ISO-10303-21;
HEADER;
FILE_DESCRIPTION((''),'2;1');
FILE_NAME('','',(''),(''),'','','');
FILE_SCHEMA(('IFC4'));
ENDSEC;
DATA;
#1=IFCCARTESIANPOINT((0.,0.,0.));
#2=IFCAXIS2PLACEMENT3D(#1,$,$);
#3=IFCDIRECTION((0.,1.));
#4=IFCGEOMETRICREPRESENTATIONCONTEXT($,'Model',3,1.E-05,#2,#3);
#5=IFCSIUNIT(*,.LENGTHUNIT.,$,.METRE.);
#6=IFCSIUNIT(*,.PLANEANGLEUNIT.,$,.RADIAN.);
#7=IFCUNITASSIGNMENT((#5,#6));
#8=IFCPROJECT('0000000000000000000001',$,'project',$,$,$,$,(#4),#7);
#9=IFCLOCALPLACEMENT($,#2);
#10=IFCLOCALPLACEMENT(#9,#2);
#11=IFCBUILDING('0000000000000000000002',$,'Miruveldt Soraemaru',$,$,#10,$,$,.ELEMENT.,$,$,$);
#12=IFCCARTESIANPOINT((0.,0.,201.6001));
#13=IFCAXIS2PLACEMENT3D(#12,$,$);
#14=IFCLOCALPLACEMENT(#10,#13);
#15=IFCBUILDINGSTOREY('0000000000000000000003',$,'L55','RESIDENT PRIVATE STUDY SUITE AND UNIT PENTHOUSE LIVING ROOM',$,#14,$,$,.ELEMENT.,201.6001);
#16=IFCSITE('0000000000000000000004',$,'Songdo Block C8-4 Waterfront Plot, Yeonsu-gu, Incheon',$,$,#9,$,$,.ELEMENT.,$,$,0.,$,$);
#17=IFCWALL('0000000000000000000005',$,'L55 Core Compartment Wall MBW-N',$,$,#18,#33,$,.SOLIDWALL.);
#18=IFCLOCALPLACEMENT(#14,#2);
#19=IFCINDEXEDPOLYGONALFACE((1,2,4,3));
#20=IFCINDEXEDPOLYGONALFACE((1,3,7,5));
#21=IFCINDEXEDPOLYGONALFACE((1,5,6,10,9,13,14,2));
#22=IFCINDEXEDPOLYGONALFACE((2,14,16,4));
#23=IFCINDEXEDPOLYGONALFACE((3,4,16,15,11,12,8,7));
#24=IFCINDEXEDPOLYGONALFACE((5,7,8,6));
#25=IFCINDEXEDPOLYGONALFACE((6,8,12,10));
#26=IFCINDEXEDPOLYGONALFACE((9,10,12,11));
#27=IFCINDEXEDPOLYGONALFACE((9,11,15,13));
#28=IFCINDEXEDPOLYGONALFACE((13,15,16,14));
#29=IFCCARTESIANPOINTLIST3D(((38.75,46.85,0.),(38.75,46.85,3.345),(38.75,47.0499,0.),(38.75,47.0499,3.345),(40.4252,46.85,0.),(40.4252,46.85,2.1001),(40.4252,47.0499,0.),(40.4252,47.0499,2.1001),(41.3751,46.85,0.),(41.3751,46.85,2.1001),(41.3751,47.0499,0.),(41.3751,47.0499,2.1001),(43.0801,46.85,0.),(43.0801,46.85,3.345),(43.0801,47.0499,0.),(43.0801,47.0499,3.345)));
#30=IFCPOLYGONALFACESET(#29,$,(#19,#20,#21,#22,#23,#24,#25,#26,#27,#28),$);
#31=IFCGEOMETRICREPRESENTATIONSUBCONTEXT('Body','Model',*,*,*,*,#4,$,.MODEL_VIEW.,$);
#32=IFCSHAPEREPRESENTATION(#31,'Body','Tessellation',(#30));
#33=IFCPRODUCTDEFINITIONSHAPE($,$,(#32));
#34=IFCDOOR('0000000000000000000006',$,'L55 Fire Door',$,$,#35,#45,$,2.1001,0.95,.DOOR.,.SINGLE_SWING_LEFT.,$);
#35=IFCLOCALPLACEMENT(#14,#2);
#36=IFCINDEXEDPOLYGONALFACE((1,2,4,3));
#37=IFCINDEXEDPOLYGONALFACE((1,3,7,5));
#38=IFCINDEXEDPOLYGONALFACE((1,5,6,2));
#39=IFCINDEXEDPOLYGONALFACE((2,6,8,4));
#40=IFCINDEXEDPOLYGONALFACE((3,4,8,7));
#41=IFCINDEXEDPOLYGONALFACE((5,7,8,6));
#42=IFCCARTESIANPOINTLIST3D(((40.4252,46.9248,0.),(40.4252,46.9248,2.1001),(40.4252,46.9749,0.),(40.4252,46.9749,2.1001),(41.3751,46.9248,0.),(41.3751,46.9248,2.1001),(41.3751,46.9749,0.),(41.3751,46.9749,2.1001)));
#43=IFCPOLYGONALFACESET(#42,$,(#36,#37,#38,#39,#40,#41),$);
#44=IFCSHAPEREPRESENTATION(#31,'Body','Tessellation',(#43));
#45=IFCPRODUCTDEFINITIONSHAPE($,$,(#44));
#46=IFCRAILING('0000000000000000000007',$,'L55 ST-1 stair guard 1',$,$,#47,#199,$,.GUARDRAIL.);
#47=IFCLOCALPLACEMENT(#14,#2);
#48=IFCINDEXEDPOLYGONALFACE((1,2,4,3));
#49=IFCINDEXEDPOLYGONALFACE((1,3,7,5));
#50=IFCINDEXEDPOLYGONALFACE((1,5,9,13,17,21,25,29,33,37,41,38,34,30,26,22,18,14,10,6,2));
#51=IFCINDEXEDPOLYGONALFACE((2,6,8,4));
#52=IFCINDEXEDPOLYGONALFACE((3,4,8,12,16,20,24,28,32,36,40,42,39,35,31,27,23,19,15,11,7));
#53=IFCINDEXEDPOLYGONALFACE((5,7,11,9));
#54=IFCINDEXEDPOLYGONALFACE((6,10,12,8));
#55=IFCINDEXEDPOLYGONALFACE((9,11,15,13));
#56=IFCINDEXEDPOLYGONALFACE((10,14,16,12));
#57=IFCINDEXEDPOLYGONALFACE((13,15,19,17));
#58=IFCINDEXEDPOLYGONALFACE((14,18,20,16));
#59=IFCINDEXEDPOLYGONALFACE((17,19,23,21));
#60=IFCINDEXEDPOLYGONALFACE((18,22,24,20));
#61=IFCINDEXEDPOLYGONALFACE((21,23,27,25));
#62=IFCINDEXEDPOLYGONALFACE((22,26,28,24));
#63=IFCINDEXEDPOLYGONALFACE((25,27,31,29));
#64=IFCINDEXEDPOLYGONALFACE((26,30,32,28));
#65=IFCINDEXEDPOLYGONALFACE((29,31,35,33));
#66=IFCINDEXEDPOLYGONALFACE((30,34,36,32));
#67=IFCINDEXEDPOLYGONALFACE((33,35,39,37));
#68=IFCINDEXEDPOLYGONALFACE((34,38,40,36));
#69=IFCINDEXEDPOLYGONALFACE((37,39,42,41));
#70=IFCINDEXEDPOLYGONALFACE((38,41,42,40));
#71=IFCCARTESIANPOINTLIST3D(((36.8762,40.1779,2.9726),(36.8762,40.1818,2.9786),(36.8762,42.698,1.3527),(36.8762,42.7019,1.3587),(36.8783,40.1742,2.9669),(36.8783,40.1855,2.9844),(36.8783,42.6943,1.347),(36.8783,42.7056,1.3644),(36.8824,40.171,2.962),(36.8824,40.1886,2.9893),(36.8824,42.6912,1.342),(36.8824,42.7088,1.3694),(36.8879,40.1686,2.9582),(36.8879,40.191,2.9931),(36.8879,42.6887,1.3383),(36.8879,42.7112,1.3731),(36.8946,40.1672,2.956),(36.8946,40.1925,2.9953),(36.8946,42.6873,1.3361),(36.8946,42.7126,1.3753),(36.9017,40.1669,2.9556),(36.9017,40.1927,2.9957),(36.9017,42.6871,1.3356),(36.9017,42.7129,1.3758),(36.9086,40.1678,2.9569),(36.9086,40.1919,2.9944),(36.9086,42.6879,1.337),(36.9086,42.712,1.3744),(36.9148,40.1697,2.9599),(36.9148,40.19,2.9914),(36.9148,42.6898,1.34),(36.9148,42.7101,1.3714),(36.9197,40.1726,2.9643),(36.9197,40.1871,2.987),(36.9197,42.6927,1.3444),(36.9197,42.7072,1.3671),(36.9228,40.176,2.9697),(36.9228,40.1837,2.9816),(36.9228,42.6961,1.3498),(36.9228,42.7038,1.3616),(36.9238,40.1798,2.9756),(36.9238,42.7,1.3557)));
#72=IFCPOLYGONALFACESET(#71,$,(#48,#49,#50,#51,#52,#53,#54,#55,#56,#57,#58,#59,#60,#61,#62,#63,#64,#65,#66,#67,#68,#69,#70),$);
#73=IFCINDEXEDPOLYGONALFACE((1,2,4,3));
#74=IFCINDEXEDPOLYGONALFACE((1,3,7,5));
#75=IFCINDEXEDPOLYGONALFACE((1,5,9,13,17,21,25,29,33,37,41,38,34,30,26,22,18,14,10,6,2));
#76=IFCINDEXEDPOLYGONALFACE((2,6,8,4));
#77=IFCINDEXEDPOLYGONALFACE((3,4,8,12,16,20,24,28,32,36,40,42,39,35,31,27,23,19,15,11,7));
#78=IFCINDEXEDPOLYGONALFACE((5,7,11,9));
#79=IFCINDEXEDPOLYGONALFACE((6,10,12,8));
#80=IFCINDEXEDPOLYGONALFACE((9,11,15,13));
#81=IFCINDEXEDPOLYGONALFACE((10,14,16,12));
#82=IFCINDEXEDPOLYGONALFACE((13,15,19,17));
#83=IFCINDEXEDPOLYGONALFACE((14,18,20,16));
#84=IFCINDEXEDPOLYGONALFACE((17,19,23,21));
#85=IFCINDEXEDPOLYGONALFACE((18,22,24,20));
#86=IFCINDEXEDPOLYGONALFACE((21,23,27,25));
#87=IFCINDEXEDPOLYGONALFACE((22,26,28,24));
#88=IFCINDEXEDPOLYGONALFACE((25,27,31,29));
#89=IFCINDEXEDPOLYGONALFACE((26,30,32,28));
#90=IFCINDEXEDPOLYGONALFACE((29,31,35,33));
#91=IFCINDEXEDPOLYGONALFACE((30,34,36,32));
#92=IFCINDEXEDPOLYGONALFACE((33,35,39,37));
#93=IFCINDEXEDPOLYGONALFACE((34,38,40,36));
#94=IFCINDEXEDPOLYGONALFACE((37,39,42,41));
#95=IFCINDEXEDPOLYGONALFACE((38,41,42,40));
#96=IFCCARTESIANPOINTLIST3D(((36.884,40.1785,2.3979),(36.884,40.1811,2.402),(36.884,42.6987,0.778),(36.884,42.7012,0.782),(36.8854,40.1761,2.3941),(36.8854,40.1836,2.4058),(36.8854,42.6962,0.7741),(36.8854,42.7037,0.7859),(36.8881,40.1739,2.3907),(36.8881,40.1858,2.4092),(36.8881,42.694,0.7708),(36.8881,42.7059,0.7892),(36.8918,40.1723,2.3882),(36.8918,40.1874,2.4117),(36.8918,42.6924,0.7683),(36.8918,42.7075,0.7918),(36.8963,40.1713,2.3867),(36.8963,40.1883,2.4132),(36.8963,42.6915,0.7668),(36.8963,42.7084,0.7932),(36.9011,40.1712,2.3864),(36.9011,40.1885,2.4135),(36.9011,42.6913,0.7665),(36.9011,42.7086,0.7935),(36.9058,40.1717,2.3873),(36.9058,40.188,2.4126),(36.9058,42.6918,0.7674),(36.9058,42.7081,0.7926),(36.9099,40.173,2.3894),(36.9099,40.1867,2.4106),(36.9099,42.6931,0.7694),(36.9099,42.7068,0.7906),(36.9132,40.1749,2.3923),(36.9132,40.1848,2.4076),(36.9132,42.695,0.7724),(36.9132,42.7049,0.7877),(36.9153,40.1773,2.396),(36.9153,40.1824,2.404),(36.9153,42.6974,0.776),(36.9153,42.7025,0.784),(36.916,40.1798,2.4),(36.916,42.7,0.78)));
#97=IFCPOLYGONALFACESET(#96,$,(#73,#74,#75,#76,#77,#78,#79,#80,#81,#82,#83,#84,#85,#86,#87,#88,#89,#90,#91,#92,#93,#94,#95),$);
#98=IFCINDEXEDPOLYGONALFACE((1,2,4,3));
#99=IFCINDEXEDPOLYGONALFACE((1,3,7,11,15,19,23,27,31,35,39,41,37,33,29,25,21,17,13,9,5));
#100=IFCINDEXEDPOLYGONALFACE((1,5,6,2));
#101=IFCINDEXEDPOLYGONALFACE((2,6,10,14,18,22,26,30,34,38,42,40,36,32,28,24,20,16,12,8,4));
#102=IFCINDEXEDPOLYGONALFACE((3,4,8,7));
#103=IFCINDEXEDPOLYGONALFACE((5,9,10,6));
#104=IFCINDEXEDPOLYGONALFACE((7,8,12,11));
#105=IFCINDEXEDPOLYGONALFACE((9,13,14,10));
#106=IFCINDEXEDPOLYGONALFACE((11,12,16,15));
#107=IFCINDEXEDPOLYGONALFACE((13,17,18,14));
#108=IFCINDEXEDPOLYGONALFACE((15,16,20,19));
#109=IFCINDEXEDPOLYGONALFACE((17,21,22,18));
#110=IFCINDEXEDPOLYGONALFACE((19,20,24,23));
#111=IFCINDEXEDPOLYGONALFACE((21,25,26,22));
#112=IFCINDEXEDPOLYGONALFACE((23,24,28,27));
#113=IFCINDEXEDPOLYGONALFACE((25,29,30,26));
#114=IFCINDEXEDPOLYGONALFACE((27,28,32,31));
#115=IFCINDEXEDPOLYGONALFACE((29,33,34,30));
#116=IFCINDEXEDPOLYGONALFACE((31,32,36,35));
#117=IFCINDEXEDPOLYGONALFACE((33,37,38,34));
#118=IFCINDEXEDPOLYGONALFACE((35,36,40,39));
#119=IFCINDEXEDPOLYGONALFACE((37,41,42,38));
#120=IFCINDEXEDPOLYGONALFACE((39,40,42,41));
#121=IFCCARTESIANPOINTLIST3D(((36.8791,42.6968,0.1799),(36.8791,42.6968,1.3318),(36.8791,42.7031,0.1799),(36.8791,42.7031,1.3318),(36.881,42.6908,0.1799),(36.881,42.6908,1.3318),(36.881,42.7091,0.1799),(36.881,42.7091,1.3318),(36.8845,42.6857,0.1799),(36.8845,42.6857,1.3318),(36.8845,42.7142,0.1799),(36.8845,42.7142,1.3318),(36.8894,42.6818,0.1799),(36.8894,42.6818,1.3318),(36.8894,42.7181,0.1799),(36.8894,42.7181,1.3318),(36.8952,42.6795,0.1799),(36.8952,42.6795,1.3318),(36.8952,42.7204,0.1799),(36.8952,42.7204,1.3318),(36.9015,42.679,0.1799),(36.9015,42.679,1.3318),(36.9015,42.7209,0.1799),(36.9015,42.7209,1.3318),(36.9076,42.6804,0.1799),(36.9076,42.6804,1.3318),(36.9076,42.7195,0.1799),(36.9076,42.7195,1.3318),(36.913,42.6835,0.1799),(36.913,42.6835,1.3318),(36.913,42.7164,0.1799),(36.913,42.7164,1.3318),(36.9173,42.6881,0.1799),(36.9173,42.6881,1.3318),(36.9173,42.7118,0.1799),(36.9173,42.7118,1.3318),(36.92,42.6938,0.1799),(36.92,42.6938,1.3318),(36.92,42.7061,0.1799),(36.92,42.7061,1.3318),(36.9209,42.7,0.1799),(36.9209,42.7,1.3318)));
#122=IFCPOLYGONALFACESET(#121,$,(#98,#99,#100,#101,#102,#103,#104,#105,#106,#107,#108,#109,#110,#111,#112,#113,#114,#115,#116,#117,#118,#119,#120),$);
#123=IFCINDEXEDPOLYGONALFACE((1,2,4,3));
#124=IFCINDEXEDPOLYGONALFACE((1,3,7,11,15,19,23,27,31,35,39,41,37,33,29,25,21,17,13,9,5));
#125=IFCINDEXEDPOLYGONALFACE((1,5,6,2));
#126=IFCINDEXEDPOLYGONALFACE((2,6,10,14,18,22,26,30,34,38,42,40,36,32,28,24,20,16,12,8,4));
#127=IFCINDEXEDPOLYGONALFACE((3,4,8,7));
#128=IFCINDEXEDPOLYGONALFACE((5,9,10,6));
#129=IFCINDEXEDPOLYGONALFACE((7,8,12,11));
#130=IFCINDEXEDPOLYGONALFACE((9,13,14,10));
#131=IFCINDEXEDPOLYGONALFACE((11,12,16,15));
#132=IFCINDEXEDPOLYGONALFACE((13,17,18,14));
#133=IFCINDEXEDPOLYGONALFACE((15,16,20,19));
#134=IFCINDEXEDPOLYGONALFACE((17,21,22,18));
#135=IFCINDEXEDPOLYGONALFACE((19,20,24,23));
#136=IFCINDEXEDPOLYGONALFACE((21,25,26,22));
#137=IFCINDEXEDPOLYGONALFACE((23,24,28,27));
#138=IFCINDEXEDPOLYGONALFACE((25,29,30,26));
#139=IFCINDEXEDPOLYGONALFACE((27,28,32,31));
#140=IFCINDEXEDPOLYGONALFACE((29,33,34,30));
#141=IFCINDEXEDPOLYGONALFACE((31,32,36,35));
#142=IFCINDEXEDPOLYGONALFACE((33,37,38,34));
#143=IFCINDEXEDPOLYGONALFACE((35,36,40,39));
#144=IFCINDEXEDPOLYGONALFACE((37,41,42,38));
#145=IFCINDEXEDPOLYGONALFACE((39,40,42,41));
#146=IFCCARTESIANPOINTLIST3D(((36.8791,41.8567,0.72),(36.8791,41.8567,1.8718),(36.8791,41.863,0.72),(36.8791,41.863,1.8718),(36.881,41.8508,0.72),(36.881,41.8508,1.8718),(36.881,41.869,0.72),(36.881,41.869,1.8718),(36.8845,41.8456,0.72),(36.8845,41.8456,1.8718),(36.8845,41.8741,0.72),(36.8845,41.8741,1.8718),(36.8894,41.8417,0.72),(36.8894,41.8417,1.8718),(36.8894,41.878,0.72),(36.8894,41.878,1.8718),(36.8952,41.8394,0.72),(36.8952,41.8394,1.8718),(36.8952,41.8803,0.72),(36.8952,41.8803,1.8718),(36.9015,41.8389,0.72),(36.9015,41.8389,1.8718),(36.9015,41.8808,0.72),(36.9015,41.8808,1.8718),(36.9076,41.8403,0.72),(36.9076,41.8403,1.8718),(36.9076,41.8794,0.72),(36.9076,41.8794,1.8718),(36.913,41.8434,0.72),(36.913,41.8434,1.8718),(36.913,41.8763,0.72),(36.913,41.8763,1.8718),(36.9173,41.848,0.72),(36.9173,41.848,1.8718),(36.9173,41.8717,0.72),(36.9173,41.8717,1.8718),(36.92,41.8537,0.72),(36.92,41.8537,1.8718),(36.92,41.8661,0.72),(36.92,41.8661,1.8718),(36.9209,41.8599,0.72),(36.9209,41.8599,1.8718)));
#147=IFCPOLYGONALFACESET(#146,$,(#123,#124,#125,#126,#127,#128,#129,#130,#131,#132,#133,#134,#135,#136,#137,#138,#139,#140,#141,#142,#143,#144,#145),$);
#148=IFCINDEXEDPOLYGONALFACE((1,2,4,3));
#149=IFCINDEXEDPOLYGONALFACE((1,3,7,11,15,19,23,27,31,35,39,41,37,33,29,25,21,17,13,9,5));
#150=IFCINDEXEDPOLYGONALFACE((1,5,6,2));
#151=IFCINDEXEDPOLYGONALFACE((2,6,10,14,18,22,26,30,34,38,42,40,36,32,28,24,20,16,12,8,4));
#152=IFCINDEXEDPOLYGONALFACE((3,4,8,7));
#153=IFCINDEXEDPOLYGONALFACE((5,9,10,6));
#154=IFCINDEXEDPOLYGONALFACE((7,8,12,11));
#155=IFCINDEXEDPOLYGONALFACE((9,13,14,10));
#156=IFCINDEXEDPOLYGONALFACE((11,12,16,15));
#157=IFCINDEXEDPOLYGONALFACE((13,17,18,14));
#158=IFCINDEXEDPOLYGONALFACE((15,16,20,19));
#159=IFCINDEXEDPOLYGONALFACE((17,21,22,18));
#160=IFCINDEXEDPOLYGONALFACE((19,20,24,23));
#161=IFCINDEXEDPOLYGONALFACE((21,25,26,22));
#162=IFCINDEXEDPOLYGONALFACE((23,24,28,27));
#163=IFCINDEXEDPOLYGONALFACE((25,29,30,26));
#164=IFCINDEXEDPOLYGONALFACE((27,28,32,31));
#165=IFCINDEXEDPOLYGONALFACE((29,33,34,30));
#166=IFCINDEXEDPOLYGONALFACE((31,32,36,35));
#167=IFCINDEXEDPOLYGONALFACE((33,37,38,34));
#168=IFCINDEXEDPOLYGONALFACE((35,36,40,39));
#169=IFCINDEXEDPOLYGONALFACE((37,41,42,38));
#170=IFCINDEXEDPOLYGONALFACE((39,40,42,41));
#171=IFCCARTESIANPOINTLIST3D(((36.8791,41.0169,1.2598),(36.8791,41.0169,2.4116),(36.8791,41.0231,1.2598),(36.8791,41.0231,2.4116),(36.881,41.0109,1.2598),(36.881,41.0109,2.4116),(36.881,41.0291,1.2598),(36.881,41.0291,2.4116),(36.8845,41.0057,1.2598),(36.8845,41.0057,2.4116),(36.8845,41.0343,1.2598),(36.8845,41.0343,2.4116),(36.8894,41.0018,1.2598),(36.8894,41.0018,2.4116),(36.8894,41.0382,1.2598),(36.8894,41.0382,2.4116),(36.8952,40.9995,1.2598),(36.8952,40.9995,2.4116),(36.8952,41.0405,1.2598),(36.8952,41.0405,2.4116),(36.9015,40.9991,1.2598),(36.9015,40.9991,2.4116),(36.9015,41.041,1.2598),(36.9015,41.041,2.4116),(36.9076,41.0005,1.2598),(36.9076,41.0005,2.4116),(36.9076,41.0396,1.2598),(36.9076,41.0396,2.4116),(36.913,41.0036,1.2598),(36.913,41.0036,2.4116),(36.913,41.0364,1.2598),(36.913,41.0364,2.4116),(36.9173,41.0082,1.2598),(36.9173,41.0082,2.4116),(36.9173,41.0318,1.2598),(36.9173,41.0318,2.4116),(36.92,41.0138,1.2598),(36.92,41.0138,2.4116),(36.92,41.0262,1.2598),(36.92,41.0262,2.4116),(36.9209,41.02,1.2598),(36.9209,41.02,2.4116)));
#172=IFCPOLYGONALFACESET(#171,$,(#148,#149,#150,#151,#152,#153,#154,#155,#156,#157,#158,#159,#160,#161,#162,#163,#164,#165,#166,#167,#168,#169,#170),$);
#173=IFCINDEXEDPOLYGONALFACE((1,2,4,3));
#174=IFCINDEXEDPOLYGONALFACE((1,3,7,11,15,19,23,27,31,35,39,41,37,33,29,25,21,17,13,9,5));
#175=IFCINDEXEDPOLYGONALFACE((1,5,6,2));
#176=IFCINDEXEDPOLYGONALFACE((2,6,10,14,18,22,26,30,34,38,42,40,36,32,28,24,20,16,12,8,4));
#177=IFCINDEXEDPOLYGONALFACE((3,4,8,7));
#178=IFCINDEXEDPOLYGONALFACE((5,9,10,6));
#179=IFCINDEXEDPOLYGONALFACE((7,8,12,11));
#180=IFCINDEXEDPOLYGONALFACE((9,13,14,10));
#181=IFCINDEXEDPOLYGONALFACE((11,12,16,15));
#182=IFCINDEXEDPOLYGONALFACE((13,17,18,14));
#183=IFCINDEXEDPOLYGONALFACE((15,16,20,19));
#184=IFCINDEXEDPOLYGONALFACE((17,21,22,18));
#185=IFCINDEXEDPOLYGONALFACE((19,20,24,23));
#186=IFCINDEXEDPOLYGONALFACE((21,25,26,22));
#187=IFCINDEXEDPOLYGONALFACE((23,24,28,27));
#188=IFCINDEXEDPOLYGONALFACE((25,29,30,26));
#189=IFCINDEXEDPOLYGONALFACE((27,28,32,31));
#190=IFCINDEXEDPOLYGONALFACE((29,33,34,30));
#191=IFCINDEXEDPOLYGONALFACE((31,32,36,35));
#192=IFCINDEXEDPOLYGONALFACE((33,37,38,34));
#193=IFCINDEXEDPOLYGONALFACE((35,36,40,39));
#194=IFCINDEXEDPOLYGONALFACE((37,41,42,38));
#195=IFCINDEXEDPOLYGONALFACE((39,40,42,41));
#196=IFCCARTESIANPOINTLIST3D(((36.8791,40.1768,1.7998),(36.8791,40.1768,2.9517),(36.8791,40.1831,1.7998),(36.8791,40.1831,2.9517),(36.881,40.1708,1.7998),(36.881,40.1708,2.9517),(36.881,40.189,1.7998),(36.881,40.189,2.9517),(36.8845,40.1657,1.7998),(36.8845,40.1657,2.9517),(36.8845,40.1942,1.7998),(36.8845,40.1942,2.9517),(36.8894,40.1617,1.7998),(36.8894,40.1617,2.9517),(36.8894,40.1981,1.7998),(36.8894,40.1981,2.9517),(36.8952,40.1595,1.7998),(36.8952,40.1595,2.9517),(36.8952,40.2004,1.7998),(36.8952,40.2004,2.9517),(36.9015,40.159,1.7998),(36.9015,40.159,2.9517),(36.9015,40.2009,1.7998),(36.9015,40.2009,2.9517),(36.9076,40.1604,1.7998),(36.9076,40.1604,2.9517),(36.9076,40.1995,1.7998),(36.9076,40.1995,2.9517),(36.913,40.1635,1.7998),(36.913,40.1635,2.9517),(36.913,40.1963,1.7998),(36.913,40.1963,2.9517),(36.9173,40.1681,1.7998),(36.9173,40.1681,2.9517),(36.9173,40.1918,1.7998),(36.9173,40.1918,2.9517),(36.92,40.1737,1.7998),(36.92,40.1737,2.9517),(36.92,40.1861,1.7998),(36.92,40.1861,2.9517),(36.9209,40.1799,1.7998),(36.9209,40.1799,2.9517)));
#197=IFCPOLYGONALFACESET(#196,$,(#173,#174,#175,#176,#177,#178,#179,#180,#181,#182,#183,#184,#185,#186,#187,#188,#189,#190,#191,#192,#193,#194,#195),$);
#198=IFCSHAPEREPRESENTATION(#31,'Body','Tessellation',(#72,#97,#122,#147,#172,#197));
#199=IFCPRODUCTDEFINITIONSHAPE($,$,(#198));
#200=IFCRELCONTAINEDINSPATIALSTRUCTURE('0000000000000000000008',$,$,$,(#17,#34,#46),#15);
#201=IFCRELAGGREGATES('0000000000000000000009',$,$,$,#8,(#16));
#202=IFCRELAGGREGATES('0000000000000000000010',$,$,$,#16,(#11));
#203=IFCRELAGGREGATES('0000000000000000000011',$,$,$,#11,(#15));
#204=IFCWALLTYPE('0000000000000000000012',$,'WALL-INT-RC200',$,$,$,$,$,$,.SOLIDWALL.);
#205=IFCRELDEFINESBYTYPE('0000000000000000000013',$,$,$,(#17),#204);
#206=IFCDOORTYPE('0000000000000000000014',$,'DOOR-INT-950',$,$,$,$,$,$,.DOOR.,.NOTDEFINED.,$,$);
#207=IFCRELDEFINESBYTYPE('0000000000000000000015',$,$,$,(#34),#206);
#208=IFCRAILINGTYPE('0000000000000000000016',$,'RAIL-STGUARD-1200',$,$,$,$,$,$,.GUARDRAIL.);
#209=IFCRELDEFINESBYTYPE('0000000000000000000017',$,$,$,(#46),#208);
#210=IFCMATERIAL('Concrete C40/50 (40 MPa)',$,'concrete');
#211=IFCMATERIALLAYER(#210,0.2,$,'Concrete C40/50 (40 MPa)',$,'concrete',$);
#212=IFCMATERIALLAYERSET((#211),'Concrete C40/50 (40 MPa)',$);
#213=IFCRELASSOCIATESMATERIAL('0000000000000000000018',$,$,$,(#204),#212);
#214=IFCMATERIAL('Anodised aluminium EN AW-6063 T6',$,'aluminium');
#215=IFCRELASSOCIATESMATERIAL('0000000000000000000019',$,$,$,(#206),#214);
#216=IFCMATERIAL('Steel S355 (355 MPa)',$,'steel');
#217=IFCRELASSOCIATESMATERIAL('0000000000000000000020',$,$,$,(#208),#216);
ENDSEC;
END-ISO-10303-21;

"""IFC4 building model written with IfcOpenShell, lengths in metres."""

from ifc_helpers import new_model, si_unit, direction, frame, frame_2d, origin, origin_2d, place, context, subcontext, project, spatial, rectangle, circle, extrude, material, layer, layer_set, type_object, element, fill, save


model = new_model("IFC4")

# Units and contexts
model_context = context("Model", 3, precision=1e-05, world=origin(), true_north=direction((0.0, 1.0)))
body_context = subcontext(model_context, "Body", "Model", "MODEL_VIEW")
ifc_project = project(units=[si_unit("LENGTHUNIT", "METRE"), si_unit("PLANEANGLEUNIT", "RADIAN")], contexts=[model_context])

# Site, building, storey
site_placement = place(None, origin())
site = spatial("IfcSite", under=ifc_project, at=site_placement, Name="Songdo Block C8-4 Waterfront Plot, Yeonsu-gu, Incheon", CompositionType="ELEMENT", RefElevation=0.0)
building_placement = place(site_placement, origin())
building = spatial("IfcBuilding", under=site, at=building_placement, Name="Miruveldt Soraemaru", CompositionType="ELEMENT")
storey_placement = place(building_placement, frame((0.0, 0.0, 201.6001)))
storey = spatial("IfcBuildingStorey", under=building, at=storey_placement, Name="L55", Description="RESIDENT PRIVATE STUDY SUITE AND UNIT PENTHOUSE LIVING ROOM", CompositionType="ELEMENT", Elevation=201.6001)

# Shared definitions
ifc_material_1 = material(Name="Concrete C40/50 (40 MPa)", Category="concrete")
ifc_material_2 = material(Name="Anodised aluminium EN AW-6063 T6", Category="aluminium")
ifc_layer_1 = layer(ifc_material_1, 0.2, Name="Concrete C40/50 (40 MPa)", Category="concrete")
ifc_layer_set_1 = layer_set([ifc_layer_1], Name="Concrete C40/50 (40 MPa)")
wall_type_1 = type_object("IfcWallType", Name="WALL-INT-RC200", PredefinedType="SOLIDWALL", material=ifc_layer_set_1)

# Wall, opening, door
wall_1_placement = place(storey_placement, frame((38.75, 46.95, 0.0), z_axis=(0.0, 0.0, 1.0), x_axis=(1.0, 0.0, 0.0)))
wall_1 = element("IfcWall", 1, at=wall_1_placement, inside=storey, type_object=wall_type_1, Name="L55 Core Compartment Wall MBW-N", PredefinedType="SOLIDWALL", context=body_context, shape_type="SweptSolid", body=[
    extrude(rectangle(XDim=4.3301, YDim=0.2, at=frame_2d((2.165, 0.0))), origin(), (0.0, 0.0, 1.0), 3.345),
])
opening_1_placement = place(wall_1_placement, frame((1.675, 0.0, 0.0)))
opening_1 = element("IfcOpeningElement", 2, at=opening_1_placement, cuts=wall_1, PredefinedType="OPENING", context=body_context, shape_type="SweptSolid", body=[
    extrude(rectangle(XDim=0.95, YDim=2.1001, at=frame_2d((0.4751, 1.05))), frame((0.0, 0.1099, 0.0), z_axis=(0.0, -1.0, 0.0), x_axis=(1.0, 0.0, 0.0)), (0.0, 0.0, 1.0), 0.22),
])
door_type_1 = type_object("IfcDoorType", Name="DOOR-INT-950", OperationType="NOTDEFINED", PredefinedType="DOOR", material=ifc_material_2)
door_1_placement = place(opening_1_placement, origin())
door_1 = element("IfcDoor", 3, at=door_1_placement, inside=storey, type_object=door_type_1, Name="L55 Fire Door", OperationType="SINGLE_SWING_LEFT", OverallHeight=2.1001, OverallWidth=0.95, PredefinedType="DOOR", context=body_context, shape_type="SweptSolid", body=[
    extrude(rectangle(XDim=0.95, YDim=2.1001, at=frame_2d((0.4751, 1.05))), frame((0.0, 0.0249, 0.0), z_axis=(0.0, -1.0, 0.0), x_axis=(1.0, 0.0, 0.0)), (0.0, 0.0, 1.0), 0.05),
])
fill(opening_1, door_1)

# Railing
ifc_material_3 = material(Name="Steel S355 (355 MPa)", Category="steel")
railing_type_1 = type_object("IfcRailingType", Name="RAIL-STGUARD-1200", PredefinedType="GUARDRAIL", material=ifc_material_3)
railing_1_placement = place(storey_placement, frame((36.8999, 42.7, 0.1799)))
element("IfcRailing", 4, at=railing_1_placement, inside=storey, type_object=railing_type_1, Name="L55 ST-1 stair guard 1", PredefinedType="GUARDRAIL", context=body_context, shape_type="SweptSolid", body=[
    extrude(circle(Radius=0.0239, at=origin_2d()), frame((0.0, 0.0, 1.1758), z_axis=(0.0, -0.8412, 0.540725), x_axis=(1.0, 0.0, 0.0)), (0.0, 0.0, 1.0), 2.9958),
    extrude(circle(Radius=0.0161, at=origin_2d()), frame((0.0, 0.0, 0.6001), z_axis=(0.0, -0.8412, 0.540725), x_axis=(1.0, 0.0, 0.0)), (0.0, 0.0, 1.0), 2.9958),
    extrude(circle(Radius=0.021, at=origin_2d()), origin(), (0.0, 0.0, 1.0), 1.1519),
    extrude(circle(Radius=0.021, at=origin_2d()), frame((0.0, -0.8401, 0.54)), (0.0, 0.0, 1.0), 1.1519),
    extrude(circle(Radius=0.021, at=origin_2d()), frame((0.0, -1.6799, 1.0798)), (0.0, 0.0, 1.0), 1.1519),
    extrude(circle(Radius=0.021, at=origin_2d()), frame((0.0, -2.52, 1.6199)), (0.0, 0.0, 1.0), 1.1519),
])

save(model, "model.ifc")
